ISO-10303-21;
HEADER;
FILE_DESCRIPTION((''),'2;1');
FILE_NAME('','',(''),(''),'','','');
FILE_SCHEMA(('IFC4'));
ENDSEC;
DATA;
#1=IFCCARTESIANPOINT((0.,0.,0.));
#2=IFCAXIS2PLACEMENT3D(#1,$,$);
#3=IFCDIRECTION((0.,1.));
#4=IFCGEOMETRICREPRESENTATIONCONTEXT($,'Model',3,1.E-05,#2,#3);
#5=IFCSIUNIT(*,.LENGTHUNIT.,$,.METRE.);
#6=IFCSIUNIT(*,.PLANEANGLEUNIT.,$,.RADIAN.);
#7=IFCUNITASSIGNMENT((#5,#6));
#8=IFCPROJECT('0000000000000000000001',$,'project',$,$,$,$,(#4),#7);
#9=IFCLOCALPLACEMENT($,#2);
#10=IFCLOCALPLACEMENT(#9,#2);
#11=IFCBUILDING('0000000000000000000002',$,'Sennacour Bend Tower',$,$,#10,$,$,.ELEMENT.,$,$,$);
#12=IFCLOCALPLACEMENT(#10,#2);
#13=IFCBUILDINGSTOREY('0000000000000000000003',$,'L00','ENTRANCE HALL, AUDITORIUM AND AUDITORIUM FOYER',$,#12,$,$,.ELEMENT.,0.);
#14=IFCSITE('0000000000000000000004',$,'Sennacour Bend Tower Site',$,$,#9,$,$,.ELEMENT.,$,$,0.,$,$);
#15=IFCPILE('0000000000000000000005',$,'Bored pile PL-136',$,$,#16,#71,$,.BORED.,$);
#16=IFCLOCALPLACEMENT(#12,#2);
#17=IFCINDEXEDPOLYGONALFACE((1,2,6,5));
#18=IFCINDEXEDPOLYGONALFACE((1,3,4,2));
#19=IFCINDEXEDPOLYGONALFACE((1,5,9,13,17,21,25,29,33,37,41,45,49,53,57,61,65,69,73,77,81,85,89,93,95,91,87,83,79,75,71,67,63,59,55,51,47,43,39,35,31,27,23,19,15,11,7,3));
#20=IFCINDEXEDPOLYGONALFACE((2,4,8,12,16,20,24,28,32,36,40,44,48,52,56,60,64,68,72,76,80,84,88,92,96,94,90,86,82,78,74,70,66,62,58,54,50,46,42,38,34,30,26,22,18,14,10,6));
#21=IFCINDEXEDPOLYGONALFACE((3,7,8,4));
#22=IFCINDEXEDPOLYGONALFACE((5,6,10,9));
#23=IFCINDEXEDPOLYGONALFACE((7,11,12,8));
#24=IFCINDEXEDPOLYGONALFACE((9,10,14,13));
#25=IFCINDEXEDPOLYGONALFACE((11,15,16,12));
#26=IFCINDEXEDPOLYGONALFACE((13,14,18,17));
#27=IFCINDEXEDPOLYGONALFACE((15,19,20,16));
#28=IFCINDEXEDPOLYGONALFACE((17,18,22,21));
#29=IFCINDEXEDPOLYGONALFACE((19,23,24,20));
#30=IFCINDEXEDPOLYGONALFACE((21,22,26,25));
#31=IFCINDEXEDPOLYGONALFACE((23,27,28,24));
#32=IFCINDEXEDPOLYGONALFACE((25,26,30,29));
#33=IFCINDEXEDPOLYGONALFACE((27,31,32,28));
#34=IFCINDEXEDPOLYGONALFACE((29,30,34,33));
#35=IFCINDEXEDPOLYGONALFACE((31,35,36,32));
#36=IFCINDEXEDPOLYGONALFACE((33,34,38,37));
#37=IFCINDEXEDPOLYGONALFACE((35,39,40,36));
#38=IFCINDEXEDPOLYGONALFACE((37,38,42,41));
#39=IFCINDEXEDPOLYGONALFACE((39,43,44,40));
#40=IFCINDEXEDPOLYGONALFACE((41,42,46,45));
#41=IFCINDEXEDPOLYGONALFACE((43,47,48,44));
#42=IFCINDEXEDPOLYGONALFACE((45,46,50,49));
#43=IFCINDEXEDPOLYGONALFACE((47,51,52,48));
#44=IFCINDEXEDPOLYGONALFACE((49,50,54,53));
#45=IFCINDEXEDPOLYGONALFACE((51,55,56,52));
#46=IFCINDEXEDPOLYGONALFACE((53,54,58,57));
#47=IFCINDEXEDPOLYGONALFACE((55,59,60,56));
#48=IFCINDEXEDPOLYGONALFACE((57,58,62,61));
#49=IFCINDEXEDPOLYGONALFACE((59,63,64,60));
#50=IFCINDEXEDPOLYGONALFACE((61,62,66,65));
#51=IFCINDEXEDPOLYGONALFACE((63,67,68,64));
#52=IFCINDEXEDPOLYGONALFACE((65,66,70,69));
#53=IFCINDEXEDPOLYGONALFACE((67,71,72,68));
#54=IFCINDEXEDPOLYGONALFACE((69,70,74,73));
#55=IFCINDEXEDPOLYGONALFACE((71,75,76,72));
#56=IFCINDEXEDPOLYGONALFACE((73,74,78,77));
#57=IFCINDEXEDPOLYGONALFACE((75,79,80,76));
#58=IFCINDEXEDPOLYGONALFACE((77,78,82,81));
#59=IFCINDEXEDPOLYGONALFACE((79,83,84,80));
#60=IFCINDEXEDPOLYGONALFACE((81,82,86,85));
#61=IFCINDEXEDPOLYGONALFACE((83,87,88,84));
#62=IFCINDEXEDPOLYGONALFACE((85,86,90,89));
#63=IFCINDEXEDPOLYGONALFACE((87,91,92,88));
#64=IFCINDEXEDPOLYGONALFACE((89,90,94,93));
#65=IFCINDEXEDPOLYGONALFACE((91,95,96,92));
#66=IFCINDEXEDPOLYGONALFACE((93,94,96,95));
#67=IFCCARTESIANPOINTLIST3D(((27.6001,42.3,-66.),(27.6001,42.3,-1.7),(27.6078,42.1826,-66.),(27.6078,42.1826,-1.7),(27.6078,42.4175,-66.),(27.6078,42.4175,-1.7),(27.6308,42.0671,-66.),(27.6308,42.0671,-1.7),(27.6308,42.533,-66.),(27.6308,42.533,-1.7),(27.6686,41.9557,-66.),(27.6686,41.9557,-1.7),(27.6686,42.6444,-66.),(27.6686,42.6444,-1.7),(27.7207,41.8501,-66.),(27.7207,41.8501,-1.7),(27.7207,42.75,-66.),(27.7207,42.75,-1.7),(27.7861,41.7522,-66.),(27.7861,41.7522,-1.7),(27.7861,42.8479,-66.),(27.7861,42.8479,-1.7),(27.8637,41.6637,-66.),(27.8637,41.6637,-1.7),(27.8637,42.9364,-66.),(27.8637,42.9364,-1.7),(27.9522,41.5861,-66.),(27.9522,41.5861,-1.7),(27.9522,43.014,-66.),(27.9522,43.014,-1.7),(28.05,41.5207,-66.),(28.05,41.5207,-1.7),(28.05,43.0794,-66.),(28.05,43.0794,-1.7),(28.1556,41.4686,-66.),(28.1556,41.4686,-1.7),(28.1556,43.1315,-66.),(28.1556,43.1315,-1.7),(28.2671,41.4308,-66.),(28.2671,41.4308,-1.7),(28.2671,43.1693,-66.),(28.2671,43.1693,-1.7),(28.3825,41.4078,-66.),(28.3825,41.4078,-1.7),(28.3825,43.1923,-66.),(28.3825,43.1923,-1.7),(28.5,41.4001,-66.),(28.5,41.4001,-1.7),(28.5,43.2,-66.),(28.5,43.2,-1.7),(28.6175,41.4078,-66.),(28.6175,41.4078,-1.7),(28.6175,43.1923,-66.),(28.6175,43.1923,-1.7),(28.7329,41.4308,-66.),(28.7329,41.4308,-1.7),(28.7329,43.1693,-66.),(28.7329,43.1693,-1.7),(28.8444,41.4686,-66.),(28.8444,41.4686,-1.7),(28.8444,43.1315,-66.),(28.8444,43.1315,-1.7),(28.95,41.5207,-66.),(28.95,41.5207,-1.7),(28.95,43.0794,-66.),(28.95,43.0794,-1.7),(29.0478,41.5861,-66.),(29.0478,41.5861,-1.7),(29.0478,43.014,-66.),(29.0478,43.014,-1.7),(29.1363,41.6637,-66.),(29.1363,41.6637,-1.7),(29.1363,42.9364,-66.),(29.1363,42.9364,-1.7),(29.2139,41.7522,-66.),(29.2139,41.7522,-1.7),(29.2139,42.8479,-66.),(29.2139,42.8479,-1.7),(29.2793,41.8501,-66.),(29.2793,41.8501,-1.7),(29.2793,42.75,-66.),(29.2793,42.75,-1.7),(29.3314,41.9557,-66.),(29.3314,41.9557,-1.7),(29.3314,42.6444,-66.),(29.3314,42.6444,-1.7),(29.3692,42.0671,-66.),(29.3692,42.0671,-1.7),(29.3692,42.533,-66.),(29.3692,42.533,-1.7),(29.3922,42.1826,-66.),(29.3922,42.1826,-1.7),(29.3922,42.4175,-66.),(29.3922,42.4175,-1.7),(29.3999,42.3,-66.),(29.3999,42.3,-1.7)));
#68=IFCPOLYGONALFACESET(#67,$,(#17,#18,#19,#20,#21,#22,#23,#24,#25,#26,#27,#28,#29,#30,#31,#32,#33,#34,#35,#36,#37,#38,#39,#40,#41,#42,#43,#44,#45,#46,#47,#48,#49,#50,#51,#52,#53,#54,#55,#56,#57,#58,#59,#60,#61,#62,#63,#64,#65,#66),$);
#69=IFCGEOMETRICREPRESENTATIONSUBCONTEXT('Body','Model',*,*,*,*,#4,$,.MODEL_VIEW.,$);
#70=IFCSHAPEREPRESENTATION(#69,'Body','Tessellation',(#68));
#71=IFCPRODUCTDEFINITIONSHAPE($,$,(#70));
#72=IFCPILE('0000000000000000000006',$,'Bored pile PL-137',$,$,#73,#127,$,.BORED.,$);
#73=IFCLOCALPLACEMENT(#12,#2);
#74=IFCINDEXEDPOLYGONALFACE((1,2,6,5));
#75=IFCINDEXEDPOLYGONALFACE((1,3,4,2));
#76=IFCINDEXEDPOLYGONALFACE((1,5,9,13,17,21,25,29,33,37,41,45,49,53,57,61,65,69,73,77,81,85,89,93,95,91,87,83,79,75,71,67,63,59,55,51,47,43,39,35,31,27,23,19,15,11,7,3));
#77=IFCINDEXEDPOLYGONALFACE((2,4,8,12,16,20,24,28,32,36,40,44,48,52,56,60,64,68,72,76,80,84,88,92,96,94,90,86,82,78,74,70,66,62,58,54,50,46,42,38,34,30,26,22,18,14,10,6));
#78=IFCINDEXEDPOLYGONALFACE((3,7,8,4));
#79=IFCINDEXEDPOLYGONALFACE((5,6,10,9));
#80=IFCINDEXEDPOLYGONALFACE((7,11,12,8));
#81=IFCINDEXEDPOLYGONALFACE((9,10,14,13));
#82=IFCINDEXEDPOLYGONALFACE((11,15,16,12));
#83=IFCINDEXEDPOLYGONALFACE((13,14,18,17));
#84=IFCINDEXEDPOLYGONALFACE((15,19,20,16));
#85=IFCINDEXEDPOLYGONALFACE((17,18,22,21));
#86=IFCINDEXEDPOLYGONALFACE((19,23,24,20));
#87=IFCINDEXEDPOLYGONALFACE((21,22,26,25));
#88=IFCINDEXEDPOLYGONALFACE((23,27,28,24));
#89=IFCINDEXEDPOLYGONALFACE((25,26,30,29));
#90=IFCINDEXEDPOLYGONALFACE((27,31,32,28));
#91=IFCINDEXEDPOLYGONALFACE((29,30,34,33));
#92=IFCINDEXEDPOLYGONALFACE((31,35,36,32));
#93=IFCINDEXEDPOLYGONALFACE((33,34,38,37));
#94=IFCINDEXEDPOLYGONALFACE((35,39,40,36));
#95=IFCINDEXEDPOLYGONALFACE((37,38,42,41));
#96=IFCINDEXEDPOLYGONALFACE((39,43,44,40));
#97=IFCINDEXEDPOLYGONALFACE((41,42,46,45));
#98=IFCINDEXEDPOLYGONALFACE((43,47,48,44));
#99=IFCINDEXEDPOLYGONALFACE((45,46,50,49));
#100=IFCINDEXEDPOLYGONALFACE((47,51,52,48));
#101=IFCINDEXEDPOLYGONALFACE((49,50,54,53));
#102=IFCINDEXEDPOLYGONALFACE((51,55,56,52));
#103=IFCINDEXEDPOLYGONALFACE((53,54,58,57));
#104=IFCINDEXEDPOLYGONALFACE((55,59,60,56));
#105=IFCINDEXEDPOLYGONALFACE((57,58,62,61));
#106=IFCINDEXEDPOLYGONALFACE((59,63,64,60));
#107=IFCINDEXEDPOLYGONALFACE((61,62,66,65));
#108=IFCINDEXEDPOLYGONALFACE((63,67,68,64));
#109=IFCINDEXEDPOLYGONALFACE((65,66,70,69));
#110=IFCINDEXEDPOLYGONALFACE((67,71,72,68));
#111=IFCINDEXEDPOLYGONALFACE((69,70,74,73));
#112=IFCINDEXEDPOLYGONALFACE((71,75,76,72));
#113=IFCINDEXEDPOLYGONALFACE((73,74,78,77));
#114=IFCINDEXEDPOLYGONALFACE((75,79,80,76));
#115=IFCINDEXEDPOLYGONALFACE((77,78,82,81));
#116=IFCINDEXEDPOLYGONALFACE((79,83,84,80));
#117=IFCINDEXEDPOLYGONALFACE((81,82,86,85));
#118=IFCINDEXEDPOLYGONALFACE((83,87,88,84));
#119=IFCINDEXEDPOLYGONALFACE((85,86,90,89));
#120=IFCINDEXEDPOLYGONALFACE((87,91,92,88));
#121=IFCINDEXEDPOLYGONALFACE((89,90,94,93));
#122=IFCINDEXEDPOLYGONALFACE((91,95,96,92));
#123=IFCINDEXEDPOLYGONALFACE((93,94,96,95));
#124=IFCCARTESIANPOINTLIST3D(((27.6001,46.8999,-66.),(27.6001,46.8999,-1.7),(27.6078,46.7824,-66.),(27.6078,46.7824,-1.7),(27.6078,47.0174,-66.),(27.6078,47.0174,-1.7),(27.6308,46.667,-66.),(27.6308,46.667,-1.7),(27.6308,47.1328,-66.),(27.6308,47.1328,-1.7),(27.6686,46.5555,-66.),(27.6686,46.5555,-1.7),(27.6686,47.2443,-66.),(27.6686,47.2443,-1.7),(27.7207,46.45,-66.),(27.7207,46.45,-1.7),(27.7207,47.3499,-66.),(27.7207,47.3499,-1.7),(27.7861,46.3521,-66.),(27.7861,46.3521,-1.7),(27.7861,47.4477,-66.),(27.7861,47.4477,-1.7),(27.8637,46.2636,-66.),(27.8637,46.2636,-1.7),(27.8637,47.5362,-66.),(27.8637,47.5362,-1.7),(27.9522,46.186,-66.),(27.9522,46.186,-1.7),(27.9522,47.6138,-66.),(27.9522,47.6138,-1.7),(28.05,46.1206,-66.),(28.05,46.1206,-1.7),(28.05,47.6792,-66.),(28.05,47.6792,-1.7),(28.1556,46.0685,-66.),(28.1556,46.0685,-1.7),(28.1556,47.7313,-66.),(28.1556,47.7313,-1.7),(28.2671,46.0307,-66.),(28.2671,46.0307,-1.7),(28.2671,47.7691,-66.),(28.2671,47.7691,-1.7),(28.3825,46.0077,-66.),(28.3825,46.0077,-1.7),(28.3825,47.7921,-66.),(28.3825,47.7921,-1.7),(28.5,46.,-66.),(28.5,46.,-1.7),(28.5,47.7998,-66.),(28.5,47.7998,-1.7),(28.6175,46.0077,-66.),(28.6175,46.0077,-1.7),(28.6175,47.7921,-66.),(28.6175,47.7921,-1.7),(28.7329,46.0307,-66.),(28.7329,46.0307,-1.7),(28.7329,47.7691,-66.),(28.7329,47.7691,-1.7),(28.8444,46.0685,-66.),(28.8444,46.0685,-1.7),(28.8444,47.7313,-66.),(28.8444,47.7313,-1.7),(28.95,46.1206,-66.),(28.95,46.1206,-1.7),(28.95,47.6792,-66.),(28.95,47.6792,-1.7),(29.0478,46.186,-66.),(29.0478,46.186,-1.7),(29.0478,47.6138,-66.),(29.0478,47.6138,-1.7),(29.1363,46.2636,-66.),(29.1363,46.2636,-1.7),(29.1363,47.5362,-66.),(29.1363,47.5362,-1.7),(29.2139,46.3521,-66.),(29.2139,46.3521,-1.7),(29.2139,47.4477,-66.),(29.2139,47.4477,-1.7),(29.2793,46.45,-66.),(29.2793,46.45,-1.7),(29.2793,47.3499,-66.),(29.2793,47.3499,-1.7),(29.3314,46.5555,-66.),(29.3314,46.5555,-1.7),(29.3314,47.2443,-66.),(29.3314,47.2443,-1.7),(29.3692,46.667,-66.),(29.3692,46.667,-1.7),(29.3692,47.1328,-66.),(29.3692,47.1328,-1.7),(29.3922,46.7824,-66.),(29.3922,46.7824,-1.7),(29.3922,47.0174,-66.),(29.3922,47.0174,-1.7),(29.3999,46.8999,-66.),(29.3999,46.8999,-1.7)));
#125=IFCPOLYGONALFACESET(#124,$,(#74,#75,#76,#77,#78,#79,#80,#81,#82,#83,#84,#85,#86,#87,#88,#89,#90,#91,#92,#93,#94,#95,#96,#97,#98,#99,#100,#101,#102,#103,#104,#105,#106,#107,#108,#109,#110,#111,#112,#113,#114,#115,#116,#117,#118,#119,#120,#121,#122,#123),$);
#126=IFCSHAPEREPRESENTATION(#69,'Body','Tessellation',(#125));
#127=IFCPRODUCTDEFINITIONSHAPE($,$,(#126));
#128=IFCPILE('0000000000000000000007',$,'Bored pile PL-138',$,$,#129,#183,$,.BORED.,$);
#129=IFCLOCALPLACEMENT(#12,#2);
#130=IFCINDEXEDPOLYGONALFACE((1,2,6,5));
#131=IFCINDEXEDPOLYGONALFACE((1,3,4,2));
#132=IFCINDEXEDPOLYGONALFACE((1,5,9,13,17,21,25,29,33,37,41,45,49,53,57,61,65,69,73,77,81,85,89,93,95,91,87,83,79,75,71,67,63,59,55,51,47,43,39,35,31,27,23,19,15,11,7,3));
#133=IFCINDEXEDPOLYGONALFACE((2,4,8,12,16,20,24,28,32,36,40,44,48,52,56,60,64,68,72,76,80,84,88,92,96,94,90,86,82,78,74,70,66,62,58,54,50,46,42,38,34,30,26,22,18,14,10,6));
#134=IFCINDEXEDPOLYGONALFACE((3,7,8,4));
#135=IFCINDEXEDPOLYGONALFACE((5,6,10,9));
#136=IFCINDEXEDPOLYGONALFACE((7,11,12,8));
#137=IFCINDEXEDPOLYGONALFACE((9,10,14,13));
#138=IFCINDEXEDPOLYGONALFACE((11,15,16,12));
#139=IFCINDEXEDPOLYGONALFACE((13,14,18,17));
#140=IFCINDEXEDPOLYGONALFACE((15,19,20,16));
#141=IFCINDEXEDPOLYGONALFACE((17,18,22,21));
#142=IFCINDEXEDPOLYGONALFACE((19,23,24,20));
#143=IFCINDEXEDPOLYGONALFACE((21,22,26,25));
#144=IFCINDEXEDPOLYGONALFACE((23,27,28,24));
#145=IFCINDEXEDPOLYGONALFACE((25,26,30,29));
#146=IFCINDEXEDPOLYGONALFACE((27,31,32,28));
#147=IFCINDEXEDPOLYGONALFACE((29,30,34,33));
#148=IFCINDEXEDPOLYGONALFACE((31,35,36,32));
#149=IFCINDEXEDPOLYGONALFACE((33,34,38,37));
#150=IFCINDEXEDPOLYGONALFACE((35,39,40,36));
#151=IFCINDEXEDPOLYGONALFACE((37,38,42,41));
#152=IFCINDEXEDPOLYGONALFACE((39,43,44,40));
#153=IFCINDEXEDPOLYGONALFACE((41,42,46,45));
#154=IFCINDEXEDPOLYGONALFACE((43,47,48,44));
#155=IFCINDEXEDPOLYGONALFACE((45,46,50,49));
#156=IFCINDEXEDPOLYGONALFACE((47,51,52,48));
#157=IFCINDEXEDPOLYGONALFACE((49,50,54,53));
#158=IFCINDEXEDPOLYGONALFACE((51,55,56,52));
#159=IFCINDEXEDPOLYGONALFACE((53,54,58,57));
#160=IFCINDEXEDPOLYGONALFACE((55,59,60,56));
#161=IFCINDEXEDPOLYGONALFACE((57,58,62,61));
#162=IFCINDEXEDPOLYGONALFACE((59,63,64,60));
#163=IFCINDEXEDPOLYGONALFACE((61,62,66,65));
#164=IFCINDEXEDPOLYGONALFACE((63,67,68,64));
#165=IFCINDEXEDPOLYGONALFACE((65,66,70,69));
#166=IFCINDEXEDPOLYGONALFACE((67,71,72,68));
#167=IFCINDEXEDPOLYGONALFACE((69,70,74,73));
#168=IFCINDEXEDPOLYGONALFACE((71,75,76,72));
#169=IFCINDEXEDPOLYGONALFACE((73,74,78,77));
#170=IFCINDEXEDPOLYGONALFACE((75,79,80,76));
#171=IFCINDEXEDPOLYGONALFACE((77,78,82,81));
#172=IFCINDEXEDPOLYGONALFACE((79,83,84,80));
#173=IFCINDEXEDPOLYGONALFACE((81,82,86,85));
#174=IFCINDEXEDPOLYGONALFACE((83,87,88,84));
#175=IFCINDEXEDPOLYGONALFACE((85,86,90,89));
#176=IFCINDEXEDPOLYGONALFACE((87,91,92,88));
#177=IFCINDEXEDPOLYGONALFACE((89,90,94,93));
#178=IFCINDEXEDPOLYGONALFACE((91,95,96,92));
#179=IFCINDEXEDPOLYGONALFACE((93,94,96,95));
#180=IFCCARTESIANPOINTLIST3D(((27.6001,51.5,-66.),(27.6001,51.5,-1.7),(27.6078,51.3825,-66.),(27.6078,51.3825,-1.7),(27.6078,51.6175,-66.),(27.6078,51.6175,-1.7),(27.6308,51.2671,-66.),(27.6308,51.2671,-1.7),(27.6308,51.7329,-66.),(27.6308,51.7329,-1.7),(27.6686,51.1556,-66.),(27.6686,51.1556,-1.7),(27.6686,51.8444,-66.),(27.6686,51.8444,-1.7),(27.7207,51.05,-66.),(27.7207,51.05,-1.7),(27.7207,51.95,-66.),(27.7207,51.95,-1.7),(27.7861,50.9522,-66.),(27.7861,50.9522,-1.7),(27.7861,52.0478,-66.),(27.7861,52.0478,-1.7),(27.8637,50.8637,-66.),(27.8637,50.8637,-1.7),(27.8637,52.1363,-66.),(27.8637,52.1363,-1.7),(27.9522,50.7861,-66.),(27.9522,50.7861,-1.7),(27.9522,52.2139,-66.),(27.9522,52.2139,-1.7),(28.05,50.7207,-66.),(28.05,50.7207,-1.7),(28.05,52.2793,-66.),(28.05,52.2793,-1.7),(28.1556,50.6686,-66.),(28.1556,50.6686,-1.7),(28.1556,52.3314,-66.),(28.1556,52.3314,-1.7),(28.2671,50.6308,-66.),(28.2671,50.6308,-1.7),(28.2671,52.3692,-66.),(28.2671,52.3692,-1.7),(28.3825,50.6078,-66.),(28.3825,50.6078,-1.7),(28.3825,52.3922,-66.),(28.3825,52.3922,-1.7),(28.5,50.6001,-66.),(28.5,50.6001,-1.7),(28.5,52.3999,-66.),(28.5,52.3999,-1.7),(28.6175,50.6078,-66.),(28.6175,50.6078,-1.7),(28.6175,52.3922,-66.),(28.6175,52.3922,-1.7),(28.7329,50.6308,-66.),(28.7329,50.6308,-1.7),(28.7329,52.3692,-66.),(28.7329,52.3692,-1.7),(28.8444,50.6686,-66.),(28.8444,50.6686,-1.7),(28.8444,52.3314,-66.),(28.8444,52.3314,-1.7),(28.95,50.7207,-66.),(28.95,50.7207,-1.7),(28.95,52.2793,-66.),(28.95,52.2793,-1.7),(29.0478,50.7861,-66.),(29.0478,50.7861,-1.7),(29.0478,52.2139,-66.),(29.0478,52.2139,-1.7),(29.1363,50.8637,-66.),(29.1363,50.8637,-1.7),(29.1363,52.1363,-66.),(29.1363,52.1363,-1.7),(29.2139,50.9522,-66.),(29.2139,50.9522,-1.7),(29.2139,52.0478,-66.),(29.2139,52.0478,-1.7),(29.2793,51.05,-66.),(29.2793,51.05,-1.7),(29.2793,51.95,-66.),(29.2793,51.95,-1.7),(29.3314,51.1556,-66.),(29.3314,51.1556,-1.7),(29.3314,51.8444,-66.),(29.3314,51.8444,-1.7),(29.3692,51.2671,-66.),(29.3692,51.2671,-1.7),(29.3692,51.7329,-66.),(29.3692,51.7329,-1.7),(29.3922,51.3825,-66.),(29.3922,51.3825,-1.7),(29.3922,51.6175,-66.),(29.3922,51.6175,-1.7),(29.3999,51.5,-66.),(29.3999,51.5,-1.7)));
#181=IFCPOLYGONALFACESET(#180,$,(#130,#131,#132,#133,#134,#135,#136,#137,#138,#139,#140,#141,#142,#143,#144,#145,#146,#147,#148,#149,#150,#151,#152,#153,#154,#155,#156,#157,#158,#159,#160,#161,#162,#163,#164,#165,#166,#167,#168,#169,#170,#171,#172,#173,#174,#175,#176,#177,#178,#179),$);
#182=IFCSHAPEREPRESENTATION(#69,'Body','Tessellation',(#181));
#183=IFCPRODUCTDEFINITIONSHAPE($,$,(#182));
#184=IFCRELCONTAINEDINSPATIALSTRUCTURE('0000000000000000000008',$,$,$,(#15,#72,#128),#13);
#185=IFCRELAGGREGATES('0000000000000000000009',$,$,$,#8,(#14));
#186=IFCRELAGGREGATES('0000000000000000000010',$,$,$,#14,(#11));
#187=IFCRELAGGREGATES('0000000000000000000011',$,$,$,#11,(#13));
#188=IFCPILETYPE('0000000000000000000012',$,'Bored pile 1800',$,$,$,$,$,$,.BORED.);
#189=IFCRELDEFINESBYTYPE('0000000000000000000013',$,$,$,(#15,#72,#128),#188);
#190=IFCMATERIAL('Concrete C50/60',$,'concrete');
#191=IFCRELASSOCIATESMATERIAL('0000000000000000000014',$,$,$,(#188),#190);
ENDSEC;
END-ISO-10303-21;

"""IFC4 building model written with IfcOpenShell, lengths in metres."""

from ifc_helpers import new_model, si_unit, direction, frame, origin, origin_2d, place, context, subcontext, project, spatial, circle, extrude, material, material_profile, profile_set, type_object, element, save


model = new_model("IFC4")

# Units and contexts
model_context = context("Model", 3, precision=1e-05, world=origin(), true_north=direction((0.0, 1.0)))
body_context = subcontext(model_context, "Body", "Model", "MODEL_VIEW")
ifc_project = project(units=[si_unit("LENGTHUNIT", "METRE"), si_unit("PLANEANGLEUNIT", "RADIAN")], contexts=[model_context])

# Site, building, storey
site_placement = place(None, origin())
site = spatial("IfcSite", under=ifc_project, at=site_placement, Name="Sennacour Bend Tower Site", CompositionType="ELEMENT", RefElevation=0.0)
building_placement = place(site_placement, origin())
building = spatial("IfcBuilding", under=site, at=building_placement, Name="Sennacour Bend Tower", CompositionType="ELEMENT")
storey_placement = place(building_placement, origin())
storey = spatial("IfcBuildingStorey", under=building, at=storey_placement, Name="L00", Description="ENTRANCE HALL, AUDITORIUM AND AUDITORIUM FOYER", CompositionType="ELEMENT", Elevation=0.0)

# Piles
ifc_material_1 = material(Name="Concrete C50/60", Category="concrete")
ifc_material_profile_1 = material_profile(ifc_material_1, circle(Radius=0.8999, at=origin_2d()), Name="Concrete C50/60", Category="concrete")
ifc_profile_set_1 = profile_set([ifc_material_profile_1], Name="Concrete C50/60")
pile_type = type_object("IfcPileType", Name="Bored pile 1800", PredefinedType="BORED", material=ifc_profile_set_1)
for number, where, z_axis, x_axis, name in (
    (1, (28.5, 42.3, -1.7), (0.0, 0.0, -1.0), (1.0, 0.0, 0.0), "Bored pile PL-136"),
    (2, (28.5, 46.8999, -1.7), (0.0, 0.0, -1.0), (1.0, 0.0, 0.0), "Bored pile PL-137"),
    (3, (28.5, 51.5, -1.7), (0.0, 0.0, -1.0), (1.0, 0.0, 0.0), "Bored pile PL-138"),
):
    element("IfcPile", number, at=place(storey_placement, frame(where, z_axis=z_axis, x_axis=x_axis)), inside=storey, type_object=pile_type, Name=name, PredefinedType="BORED", context=body_context, shape_type="SweptSolid", body=[
        extrude(circle(Radius=0.8999, at=origin_2d()), origin(), (0.0, 0.0, 1.0), 64.3),
    ])

save(model, "model.ifc")
